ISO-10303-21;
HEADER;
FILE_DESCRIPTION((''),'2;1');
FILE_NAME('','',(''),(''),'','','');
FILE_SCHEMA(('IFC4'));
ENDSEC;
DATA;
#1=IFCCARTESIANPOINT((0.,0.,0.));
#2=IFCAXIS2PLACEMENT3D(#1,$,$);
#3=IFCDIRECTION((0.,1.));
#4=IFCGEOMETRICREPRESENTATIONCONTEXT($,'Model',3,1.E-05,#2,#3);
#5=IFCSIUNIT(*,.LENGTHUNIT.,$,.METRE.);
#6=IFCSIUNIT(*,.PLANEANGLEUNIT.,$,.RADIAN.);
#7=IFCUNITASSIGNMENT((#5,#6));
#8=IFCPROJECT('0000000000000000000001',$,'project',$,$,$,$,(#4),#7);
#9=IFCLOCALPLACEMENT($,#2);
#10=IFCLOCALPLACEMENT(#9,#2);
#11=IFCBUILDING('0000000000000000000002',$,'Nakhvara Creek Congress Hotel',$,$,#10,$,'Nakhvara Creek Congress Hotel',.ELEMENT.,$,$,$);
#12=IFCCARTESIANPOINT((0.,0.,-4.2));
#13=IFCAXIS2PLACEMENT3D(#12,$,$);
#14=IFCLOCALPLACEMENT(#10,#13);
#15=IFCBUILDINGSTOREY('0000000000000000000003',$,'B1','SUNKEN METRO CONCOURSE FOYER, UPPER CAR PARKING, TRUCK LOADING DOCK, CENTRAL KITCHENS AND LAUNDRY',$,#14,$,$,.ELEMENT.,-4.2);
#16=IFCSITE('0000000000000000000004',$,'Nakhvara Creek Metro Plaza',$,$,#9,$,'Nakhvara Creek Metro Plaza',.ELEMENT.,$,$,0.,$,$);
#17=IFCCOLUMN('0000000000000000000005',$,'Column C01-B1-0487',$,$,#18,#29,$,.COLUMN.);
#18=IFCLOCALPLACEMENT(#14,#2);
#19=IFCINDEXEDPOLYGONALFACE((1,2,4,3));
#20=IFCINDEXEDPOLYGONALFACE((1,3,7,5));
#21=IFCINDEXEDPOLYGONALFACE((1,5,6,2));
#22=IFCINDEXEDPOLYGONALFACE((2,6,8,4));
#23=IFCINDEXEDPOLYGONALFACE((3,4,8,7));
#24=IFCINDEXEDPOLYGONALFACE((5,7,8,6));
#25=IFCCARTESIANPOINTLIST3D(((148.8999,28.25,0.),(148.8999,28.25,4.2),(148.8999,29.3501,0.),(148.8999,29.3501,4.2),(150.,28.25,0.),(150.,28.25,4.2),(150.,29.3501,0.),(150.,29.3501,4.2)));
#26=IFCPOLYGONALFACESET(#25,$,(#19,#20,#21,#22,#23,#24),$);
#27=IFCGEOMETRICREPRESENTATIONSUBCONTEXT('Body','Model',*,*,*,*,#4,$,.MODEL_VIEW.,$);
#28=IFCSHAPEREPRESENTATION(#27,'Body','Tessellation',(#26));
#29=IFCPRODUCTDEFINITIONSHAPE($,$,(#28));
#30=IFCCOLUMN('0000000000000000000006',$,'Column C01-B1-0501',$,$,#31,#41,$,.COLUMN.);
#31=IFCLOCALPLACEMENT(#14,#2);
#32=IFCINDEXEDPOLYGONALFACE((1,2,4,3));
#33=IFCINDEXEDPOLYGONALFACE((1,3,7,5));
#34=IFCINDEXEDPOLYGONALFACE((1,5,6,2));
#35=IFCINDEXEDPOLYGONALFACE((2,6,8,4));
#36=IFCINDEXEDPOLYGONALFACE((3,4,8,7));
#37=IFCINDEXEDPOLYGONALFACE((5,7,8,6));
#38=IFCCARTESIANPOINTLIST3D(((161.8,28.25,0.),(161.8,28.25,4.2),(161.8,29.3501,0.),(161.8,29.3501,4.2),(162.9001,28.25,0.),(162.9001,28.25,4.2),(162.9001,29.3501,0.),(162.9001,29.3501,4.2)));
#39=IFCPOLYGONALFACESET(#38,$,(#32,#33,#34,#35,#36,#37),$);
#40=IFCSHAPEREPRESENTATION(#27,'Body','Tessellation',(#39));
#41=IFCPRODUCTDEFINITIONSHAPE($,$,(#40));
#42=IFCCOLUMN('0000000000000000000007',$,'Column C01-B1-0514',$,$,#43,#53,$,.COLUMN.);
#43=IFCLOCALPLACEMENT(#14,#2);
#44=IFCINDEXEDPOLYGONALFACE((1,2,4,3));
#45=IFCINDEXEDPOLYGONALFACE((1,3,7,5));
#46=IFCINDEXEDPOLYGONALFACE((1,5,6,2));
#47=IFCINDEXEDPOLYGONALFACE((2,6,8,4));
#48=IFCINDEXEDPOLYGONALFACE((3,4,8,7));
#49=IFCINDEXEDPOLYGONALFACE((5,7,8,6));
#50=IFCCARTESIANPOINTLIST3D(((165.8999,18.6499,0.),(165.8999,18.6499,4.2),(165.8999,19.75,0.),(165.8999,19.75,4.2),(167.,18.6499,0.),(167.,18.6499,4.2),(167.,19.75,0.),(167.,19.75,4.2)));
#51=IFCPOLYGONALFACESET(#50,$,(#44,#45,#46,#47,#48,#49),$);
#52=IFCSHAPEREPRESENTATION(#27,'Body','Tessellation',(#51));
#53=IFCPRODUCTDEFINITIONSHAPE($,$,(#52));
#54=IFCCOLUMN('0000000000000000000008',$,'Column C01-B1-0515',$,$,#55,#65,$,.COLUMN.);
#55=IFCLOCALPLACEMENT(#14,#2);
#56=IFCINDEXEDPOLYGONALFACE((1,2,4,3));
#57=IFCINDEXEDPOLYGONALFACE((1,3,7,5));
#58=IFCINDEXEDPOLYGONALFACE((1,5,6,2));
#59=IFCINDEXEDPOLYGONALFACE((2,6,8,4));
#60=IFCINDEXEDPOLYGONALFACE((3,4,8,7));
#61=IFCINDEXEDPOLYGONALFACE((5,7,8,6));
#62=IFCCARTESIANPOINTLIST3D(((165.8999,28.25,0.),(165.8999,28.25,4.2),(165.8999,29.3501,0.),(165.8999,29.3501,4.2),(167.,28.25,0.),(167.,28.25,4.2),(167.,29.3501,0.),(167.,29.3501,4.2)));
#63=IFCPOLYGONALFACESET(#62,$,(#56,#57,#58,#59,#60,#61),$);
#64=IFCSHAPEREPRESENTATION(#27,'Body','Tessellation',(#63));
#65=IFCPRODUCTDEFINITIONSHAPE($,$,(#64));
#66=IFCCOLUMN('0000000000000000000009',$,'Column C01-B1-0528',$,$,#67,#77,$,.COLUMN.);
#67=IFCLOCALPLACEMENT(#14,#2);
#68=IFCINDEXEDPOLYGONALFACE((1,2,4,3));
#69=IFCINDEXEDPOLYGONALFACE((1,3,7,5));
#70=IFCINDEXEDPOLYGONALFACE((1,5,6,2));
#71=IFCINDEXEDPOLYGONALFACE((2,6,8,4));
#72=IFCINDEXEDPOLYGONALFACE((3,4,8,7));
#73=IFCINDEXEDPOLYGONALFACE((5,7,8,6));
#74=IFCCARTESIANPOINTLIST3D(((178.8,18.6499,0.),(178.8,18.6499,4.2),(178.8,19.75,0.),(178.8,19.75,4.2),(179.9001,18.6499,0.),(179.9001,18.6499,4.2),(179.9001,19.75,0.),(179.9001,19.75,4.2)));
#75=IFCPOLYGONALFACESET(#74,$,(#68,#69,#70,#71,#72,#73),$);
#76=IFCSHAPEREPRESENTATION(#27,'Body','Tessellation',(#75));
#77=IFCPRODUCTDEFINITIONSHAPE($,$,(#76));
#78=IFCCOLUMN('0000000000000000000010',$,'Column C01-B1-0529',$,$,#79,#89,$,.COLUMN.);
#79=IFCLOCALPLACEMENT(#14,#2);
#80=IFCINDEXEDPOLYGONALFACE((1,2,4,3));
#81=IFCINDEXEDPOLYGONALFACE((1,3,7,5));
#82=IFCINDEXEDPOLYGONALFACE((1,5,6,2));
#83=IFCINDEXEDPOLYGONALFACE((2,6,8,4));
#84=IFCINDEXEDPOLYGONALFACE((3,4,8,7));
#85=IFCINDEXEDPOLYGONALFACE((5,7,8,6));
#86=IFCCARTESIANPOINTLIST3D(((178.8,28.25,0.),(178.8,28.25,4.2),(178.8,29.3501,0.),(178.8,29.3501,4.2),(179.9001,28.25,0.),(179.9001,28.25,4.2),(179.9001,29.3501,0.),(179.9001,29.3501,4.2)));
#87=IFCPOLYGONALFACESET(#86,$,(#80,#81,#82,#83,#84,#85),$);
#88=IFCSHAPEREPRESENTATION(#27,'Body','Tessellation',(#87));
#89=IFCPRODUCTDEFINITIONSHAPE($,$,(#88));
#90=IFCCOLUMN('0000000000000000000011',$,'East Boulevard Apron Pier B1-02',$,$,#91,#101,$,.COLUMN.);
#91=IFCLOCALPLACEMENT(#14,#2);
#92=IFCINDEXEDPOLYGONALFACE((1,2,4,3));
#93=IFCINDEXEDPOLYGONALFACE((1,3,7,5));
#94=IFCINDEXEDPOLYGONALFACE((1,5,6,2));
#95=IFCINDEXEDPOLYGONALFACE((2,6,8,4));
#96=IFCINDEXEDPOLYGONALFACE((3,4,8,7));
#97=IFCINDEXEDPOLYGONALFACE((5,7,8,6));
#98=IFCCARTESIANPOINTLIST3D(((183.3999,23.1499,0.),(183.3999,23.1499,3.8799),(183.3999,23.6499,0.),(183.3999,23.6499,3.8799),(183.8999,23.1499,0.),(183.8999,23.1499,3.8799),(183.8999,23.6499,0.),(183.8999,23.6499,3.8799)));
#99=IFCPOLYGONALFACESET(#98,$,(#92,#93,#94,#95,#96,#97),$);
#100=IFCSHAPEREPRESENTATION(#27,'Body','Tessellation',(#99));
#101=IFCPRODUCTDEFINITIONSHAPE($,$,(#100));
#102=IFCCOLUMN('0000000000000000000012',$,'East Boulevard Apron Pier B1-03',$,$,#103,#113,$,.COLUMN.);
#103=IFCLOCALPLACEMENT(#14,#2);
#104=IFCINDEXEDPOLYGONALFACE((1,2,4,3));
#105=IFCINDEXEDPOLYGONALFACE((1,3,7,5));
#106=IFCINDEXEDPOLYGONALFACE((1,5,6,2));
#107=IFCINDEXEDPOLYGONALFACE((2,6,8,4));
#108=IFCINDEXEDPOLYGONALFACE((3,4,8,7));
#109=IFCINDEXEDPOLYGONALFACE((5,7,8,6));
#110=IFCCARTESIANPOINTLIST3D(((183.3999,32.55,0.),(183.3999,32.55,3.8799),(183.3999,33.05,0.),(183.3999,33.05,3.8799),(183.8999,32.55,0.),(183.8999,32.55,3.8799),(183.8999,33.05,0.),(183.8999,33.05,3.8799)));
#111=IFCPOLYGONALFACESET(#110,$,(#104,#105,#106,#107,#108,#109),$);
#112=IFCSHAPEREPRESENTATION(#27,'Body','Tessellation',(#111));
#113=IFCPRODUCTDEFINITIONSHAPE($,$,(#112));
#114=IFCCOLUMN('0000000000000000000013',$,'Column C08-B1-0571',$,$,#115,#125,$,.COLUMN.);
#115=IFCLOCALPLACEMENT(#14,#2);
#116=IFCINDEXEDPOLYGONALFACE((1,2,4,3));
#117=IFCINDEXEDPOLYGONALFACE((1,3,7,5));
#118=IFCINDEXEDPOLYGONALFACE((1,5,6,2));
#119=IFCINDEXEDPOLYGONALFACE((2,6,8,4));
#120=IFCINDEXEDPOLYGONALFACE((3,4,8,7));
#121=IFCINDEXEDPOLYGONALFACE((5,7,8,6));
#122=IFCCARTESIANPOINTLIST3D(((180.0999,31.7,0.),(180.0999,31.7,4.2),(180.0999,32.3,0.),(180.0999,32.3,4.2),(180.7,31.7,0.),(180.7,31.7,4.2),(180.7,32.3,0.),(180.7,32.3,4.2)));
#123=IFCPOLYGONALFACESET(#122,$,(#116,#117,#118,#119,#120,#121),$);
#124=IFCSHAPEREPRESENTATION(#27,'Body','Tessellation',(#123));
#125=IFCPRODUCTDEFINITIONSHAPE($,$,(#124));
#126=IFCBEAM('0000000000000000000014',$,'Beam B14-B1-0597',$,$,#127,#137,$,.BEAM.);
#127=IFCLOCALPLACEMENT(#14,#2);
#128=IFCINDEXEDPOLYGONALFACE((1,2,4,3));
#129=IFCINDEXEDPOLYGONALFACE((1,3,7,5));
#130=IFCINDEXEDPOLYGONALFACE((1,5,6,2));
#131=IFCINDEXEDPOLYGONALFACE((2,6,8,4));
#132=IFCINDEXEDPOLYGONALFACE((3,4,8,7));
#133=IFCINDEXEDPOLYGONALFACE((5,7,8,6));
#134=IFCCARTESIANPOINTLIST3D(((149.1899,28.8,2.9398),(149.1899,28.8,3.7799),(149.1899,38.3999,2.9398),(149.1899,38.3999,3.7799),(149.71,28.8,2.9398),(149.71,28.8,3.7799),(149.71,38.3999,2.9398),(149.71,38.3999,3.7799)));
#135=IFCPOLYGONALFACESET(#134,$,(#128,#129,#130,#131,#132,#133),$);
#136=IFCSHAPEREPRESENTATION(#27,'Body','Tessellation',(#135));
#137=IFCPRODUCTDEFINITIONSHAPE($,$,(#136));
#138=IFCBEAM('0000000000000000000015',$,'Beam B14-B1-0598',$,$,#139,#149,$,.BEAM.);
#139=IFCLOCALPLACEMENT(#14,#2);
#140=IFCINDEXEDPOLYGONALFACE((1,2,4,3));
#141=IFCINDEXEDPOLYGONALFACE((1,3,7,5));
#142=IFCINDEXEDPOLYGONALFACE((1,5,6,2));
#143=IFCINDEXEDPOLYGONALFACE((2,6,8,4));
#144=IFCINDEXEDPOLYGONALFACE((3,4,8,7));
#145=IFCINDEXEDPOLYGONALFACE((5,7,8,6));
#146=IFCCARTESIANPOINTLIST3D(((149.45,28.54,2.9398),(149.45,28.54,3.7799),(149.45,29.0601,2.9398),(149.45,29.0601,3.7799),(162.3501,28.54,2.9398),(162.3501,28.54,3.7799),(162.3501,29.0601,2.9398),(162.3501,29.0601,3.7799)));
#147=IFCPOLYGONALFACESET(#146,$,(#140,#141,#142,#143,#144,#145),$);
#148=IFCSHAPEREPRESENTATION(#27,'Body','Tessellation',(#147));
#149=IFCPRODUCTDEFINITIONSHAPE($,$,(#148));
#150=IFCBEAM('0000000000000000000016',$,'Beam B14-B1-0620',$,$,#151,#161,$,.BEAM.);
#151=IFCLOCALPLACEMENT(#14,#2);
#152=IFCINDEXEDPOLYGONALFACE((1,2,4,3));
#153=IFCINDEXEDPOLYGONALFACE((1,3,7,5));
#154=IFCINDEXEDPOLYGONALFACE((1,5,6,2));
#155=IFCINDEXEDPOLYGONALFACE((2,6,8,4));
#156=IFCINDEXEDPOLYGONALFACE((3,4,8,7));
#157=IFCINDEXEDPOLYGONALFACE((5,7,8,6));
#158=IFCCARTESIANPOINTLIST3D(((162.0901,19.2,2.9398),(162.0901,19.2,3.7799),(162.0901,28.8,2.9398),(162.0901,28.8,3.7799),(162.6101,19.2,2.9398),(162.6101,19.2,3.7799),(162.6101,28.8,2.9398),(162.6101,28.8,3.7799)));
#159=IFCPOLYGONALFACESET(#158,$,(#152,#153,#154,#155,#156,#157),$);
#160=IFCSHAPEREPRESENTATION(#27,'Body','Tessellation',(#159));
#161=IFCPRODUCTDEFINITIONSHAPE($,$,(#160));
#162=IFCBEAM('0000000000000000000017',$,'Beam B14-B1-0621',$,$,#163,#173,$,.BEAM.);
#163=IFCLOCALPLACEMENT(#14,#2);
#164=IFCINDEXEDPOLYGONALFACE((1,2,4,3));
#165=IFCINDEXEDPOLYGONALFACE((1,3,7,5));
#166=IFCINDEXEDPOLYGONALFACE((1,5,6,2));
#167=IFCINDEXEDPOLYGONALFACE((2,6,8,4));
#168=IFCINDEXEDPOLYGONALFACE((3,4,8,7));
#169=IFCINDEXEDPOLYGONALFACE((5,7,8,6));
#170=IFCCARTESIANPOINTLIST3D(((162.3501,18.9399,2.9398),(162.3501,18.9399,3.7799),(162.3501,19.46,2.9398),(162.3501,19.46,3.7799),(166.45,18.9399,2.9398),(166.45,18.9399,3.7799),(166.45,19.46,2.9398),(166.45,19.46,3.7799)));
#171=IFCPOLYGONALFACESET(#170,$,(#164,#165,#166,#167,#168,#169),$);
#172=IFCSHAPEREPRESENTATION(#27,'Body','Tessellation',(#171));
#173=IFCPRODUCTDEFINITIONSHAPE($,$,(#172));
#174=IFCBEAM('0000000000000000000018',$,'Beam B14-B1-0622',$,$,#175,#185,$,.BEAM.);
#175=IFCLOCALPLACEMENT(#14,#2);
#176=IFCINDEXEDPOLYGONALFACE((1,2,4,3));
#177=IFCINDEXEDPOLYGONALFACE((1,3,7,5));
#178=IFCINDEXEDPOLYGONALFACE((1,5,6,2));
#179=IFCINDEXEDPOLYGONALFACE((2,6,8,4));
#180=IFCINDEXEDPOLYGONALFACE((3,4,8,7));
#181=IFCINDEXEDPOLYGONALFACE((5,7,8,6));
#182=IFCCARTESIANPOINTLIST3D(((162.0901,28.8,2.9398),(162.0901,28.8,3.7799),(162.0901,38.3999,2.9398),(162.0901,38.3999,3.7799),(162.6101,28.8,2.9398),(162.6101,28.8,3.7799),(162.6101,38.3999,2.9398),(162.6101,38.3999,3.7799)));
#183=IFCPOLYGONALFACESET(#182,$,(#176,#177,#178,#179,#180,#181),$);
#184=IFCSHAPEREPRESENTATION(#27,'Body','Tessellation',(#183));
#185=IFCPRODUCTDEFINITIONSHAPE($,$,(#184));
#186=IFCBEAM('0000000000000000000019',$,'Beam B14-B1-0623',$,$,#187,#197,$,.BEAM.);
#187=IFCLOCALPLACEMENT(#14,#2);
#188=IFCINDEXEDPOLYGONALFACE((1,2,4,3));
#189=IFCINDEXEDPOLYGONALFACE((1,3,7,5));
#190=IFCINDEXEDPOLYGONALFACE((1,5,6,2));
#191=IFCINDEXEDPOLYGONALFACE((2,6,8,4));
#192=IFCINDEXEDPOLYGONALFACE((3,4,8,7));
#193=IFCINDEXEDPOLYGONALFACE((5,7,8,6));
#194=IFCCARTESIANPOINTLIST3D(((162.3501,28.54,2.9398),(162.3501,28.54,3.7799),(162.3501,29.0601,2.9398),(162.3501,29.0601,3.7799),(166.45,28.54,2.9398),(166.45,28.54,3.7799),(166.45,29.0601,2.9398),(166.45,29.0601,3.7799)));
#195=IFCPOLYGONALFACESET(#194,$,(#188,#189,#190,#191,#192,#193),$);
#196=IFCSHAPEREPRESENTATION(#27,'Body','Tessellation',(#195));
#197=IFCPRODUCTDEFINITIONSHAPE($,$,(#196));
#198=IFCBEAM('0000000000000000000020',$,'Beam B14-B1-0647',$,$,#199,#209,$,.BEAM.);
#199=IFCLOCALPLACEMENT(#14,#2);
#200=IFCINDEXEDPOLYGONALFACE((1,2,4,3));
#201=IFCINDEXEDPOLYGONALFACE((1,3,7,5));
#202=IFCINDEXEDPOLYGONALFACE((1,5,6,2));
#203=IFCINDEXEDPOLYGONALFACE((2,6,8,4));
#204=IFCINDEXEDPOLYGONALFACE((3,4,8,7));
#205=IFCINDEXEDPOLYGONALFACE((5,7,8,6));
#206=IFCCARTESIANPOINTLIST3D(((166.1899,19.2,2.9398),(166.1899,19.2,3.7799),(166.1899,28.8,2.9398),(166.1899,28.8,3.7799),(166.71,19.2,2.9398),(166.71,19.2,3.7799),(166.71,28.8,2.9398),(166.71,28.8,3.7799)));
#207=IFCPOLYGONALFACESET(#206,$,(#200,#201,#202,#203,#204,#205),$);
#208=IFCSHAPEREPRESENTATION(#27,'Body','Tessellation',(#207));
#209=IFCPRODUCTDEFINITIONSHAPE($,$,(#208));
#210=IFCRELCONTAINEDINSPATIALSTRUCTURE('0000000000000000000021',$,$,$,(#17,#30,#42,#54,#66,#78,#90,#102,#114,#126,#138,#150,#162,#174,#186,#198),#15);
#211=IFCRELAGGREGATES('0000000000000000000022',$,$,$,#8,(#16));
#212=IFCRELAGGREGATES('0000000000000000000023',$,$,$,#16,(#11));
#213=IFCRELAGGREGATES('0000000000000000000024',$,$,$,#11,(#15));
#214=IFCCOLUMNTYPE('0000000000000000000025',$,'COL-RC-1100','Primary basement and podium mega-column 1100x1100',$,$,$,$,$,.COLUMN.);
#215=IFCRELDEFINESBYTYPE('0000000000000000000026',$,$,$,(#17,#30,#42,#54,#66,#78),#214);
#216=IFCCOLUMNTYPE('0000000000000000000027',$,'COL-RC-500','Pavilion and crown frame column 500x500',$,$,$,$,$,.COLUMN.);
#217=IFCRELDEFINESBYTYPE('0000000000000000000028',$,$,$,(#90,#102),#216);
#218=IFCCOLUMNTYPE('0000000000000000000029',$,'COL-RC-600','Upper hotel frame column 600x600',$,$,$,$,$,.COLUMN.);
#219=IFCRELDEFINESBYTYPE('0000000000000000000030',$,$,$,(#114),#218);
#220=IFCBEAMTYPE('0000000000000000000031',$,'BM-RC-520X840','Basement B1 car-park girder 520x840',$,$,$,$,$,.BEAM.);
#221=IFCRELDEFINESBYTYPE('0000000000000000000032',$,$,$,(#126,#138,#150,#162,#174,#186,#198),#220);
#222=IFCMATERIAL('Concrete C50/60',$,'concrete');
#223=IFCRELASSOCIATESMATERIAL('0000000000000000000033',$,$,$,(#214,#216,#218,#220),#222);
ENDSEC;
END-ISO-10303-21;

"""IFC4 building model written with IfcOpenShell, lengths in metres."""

from ifc_helpers import new_model, si_unit, direction, frame, origin, origin_2d, place, context, subcontext, project, spatial, rectangle, extrude, material, material_profile, profile_set, type_object, element, save


model = new_model("IFC4")

# Units and contexts
model_context = context("Model", 3, precision=1e-05, world=origin(), true_north=direction((0.0, 1.0)))
body_context = subcontext(model_context, "Body", "Model", "MODEL_VIEW")
ifc_project = project(units=[si_unit("LENGTHUNIT", "METRE"), si_unit("PLANEANGLEUNIT", "RADIAN")], contexts=[model_context])

# Site, building, storey
site_placement = place(None, origin())
site = spatial("IfcSite", under=ifc_project, at=site_placement, Name="Nakhvara Creek Metro Plaza", LongName="Nakhvara Creek Metro Plaza", CompositionType="ELEMENT", RefElevation=0.0)
building_placement = place(site_placement, origin())
building = spatial("IfcBuilding", under=site, at=building_placement, Name="Nakhvara Creek Congress Hotel", LongName="Nakhvara Creek Congress Hotel", CompositionType="ELEMENT")
storey_placement = place(building_placement, frame((0.0, 0.0, -4.2)))
storey = spatial("IfcBuildingStorey", under=building, at=storey_placement, Name="B1", Description="SUNKEN METRO CONCOURSE FOYER, UPPER CAR PARKING, TRUCK LOADING DOCK, CENTRAL KITCHENS AND LAUNDRY", CompositionType="ELEMENT", Elevation=-4.2)

# Columns
ifc_material_1 = material(Name="Concrete C50/60", Category="concrete")
ifc_material_profile_1 = material_profile(ifc_material_1, rectangle(XDim=1.1001, YDim=1.1001, at=origin_2d()), Name="RC-COL 1100x1100", Category="LoadBearing")
ifc_profile_set_1 = profile_set([ifc_material_profile_1], Name="Concrete C50/60")
column_type_1 = type_object("IfcColumnType", Name="COL-RC-1100", Description="Primary basement and podium mega-column 1100x1100", PredefinedType="COLUMN", material=ifc_profile_set_1)
for number, where, z_axis, x_axis, name in (
    (1, (149.45, 28.8, 0.0), (0.0, 0.0, 1.0), (1.0, 0.0, 0.0), "Column C01-B1-0487"),
    (2, (162.3501, 28.8, 0.0), (0.0, 0.0, 1.0), (1.0, 0.0, 0.0), "Column C01-B1-0501"),
    (3, (166.45, 19.2, 0.0), (0.0, 0.0, 1.0), (1.0, 0.0, 0.0), "Column C01-B1-0514"),
    (4, (166.45, 28.8, 0.0), (0.0, 0.0, 1.0), (1.0, 0.0, 0.0), "Column C01-B1-0515"),
    (5, (179.3501, 19.2, 0.0), (0.0, 0.0, 1.0), (1.0, 0.0, 0.0), "Column C01-B1-0528"),
    (6, (179.3501, 28.8, 0.0), (0.0, 0.0, 1.0), (1.0, 0.0, 0.0), "Column C01-B1-0529"),
):
    element("IfcColumn", number, at=place(storey_placement, frame(where, z_axis=z_axis, x_axis=x_axis)), inside=storey, type_object=column_type_1, Name=name, PredefinedType="COLUMN", context=body_context, shape_type="SweptSolid", body=[
        extrude(rectangle(XDim=1.1001, YDim=1.1001, at=origin_2d()), origin(), (0.0, 0.0, 1.0), 4.2),
    ])
ifc_material_profile_2 = material_profile(ifc_material_1, rectangle(XDim=0.5, YDim=0.5, at=origin_2d()), Name="RC-COL 500x500", Category="LoadBearing")
ifc_profile_set_2 = profile_set([ifc_material_profile_2], Name="Concrete C50/60")
column_type_2 = type_object("IfcColumnType", Name="COL-RC-500", Description="Pavilion and crown frame column 500x500", PredefinedType="COLUMN", material=ifc_profile_set_2)
for number, where, z_axis, x_axis, name in (
    (7, (183.6499, 23.3999, 0.0), (0.0, 0.0, 1.0), (1.0, 0.0, 0.0), "East Boulevard Apron Pier B1-02"),
    (8, (183.6499, 32.8, 0.0), (0.0, 0.0, 1.0), (1.0, 0.0, 0.0), "East Boulevard Apron Pier B1-03"),
):
    element("IfcColumn", number, at=place(storey_placement, frame(where, z_axis=z_axis, x_axis=x_axis)), inside=storey, type_object=column_type_2, Name=name, PredefinedType="COLUMN", context=body_context, shape_type="SweptSolid", body=[
        extrude(rectangle(XDim=0.5, YDim=0.5, at=origin_2d()), origin(), (0.0, 0.0, 1.0), 3.8799),
    ])
ifc_material_profile_3 = material_profile(ifc_material_1, rectangle(XDim=0.6001, YDim=0.6001, at=origin_2d()), Name="RC-COL 600x600", Category="LoadBearing")
ifc_profile_set_3 = profile_set([ifc_material_profile_3], Name="Concrete C50/60")
column_type_3 = type_object("IfcColumnType", Name="COL-RC-600", Description="Upper hotel frame column 600x600", PredefinedType="COLUMN", material=ifc_profile_set_3)
column_placement = place(storey_placement, frame((180.3999, 32.0, 0.0), z_axis=(0.0, 0.0, 1.0), x_axis=(1.0, 0.0, 0.0)))
element("IfcColumn", 9, at=column_placement, inside=storey, type_object=column_type_3, Name="Column C08-B1-0571", PredefinedType="COLUMN", context=body_context, shape_type="SweptSolid", body=[
    extrude(rectangle(XDim=0.6001, YDim=0.6001, at=origin_2d()), origin(), (0.0, 0.0, 1.0), 4.2),
])

# Beams
ifc_material_profile_4 = material_profile(ifc_material_1, rectangle(XDim=0.52, YDim=0.8401, at=origin_2d()), Name="RC-BM 520x840", Category="LoadBearing")
ifc_profile_set_4 = profile_set([ifc_material_profile_4], Name="Concrete C50/60")
beam_type_1 = type_object("IfcBeamType", Name="BM-RC-520X840", Description="Basement B1 car-park girder 520x840", PredefinedType="BEAM", material=ifc_profile_set_4)
beam_1_placement = place(storey_placement, frame((149.45, 28.8, 3.3599), z_axis=(0.0, 1.0, 0.0), x_axis=(-1.0, 0.0, 0.0)))
element("IfcBeam", 10, at=beam_1_placement, inside=storey, type_object=beam_type_1, Name="Beam B14-B1-0597", PredefinedType="BEAM", context=body_context, shape_type="SweptSolid", body=[
    extrude(rectangle(XDim=0.52, YDim=0.8401, at=origin_2d()), origin(), (0.0, 0.0, 1.0), 9.5999),
])
beam_2_placement = place(storey_placement, frame((149.45, 28.8, 3.3599), z_axis=(1.0, 0.0, 0.0), x_axis=(0.0, 1.0, 0.0)))
element("IfcBeam", 11, at=beam_2_placement, inside=storey, type_object=beam_type_1, Name="Beam B14-B1-0598", PredefinedType="BEAM", context=body_context, shape_type="SweptSolid", body=[
    extrude(rectangle(XDim=0.52, YDim=0.8401, at=origin_2d()), origin(), (0.0, 0.0, 1.0), 12.9001),
])
beam_3_placement = place(storey_placement, frame((162.3501, 19.2, 3.3599), z_axis=(0.0, 1.0, 0.0), x_axis=(-1.0, 0.0, 0.0)))
element("IfcBeam", 12, at=beam_3_placement, inside=storey, type_object=beam_type_1, Name="Beam B14-B1-0620", PredefinedType="BEAM", context=body_context, shape_type="SweptSolid", body=[
    extrude(rectangle(XDim=0.52, YDim=0.8401, at=origin_2d()), origin(), (0.0, 0.0, 1.0), 9.6001),
])
beam_4_placement = place(storey_placement, frame((162.3501, 19.2, 3.3599), z_axis=(1.0, 0.0, 0.0), x_axis=(0.0, 1.0, 0.0)))
element("IfcBeam", 13, at=beam_4_placement, inside=storey, type_object=beam_type_1, Name="Beam B14-B1-0621", PredefinedType="BEAM", context=body_context, shape_type="SweptSolid", body=[
    extrude(rectangle(XDim=0.52, YDim=0.8401, at=origin_2d()), origin(), (0.0, 0.0, 1.0), 4.0999),
])
beam_5_placement = place(storey_placement, frame((162.3501, 28.8, 3.3599), z_axis=(0.0, 1.0, 0.0), x_axis=(-1.0, 0.0, 0.0)))
element("IfcBeam", 14, at=beam_5_placement, inside=storey, type_object=beam_type_1, Name="Beam B14-B1-0622", PredefinedType="BEAM", context=body_context, shape_type="SweptSolid", body=[
    extrude(rectangle(XDim=0.52, YDim=0.8401, at=origin_2d()), origin(), (0.0, 0.0, 1.0), 9.5999),
])
beam_6_placement = place(storey_placement, frame((162.3501, 28.8, 3.3599), z_axis=(1.0, 0.0, 0.0), x_axis=(0.0, 1.0, 0.0)))
element("IfcBeam", 15, at=beam_6_placement, inside=storey, type_object=beam_type_1, Name="Beam B14-B1-0623", PredefinedType="BEAM", context=body_context, shape_type="SweptSolid", body=[
    extrude(rectangle(XDim=0.52, YDim=0.8401, at=origin_2d()), origin(), (0.0, 0.0, 1.0), 4.0999),
])
beam_7_placement = place(storey_placement, frame((166.45, 19.2, 3.3599), z_axis=(0.0, 1.0, 0.0), x_axis=(-1.0, 0.0, 0.0)))
element("IfcBeam", 16, at=beam_7_placement, inside=storey, type_object=beam_type_1, Name="Beam B14-B1-0647", PredefinedType="BEAM", context=body_context, shape_type="SweptSolid", body=[
    extrude(rectangle(XDim=0.52, YDim=0.8401, at=origin_2d()), origin(), (0.0, 0.0, 1.0), 9.6001),
])

save(model, "model.ifc")
